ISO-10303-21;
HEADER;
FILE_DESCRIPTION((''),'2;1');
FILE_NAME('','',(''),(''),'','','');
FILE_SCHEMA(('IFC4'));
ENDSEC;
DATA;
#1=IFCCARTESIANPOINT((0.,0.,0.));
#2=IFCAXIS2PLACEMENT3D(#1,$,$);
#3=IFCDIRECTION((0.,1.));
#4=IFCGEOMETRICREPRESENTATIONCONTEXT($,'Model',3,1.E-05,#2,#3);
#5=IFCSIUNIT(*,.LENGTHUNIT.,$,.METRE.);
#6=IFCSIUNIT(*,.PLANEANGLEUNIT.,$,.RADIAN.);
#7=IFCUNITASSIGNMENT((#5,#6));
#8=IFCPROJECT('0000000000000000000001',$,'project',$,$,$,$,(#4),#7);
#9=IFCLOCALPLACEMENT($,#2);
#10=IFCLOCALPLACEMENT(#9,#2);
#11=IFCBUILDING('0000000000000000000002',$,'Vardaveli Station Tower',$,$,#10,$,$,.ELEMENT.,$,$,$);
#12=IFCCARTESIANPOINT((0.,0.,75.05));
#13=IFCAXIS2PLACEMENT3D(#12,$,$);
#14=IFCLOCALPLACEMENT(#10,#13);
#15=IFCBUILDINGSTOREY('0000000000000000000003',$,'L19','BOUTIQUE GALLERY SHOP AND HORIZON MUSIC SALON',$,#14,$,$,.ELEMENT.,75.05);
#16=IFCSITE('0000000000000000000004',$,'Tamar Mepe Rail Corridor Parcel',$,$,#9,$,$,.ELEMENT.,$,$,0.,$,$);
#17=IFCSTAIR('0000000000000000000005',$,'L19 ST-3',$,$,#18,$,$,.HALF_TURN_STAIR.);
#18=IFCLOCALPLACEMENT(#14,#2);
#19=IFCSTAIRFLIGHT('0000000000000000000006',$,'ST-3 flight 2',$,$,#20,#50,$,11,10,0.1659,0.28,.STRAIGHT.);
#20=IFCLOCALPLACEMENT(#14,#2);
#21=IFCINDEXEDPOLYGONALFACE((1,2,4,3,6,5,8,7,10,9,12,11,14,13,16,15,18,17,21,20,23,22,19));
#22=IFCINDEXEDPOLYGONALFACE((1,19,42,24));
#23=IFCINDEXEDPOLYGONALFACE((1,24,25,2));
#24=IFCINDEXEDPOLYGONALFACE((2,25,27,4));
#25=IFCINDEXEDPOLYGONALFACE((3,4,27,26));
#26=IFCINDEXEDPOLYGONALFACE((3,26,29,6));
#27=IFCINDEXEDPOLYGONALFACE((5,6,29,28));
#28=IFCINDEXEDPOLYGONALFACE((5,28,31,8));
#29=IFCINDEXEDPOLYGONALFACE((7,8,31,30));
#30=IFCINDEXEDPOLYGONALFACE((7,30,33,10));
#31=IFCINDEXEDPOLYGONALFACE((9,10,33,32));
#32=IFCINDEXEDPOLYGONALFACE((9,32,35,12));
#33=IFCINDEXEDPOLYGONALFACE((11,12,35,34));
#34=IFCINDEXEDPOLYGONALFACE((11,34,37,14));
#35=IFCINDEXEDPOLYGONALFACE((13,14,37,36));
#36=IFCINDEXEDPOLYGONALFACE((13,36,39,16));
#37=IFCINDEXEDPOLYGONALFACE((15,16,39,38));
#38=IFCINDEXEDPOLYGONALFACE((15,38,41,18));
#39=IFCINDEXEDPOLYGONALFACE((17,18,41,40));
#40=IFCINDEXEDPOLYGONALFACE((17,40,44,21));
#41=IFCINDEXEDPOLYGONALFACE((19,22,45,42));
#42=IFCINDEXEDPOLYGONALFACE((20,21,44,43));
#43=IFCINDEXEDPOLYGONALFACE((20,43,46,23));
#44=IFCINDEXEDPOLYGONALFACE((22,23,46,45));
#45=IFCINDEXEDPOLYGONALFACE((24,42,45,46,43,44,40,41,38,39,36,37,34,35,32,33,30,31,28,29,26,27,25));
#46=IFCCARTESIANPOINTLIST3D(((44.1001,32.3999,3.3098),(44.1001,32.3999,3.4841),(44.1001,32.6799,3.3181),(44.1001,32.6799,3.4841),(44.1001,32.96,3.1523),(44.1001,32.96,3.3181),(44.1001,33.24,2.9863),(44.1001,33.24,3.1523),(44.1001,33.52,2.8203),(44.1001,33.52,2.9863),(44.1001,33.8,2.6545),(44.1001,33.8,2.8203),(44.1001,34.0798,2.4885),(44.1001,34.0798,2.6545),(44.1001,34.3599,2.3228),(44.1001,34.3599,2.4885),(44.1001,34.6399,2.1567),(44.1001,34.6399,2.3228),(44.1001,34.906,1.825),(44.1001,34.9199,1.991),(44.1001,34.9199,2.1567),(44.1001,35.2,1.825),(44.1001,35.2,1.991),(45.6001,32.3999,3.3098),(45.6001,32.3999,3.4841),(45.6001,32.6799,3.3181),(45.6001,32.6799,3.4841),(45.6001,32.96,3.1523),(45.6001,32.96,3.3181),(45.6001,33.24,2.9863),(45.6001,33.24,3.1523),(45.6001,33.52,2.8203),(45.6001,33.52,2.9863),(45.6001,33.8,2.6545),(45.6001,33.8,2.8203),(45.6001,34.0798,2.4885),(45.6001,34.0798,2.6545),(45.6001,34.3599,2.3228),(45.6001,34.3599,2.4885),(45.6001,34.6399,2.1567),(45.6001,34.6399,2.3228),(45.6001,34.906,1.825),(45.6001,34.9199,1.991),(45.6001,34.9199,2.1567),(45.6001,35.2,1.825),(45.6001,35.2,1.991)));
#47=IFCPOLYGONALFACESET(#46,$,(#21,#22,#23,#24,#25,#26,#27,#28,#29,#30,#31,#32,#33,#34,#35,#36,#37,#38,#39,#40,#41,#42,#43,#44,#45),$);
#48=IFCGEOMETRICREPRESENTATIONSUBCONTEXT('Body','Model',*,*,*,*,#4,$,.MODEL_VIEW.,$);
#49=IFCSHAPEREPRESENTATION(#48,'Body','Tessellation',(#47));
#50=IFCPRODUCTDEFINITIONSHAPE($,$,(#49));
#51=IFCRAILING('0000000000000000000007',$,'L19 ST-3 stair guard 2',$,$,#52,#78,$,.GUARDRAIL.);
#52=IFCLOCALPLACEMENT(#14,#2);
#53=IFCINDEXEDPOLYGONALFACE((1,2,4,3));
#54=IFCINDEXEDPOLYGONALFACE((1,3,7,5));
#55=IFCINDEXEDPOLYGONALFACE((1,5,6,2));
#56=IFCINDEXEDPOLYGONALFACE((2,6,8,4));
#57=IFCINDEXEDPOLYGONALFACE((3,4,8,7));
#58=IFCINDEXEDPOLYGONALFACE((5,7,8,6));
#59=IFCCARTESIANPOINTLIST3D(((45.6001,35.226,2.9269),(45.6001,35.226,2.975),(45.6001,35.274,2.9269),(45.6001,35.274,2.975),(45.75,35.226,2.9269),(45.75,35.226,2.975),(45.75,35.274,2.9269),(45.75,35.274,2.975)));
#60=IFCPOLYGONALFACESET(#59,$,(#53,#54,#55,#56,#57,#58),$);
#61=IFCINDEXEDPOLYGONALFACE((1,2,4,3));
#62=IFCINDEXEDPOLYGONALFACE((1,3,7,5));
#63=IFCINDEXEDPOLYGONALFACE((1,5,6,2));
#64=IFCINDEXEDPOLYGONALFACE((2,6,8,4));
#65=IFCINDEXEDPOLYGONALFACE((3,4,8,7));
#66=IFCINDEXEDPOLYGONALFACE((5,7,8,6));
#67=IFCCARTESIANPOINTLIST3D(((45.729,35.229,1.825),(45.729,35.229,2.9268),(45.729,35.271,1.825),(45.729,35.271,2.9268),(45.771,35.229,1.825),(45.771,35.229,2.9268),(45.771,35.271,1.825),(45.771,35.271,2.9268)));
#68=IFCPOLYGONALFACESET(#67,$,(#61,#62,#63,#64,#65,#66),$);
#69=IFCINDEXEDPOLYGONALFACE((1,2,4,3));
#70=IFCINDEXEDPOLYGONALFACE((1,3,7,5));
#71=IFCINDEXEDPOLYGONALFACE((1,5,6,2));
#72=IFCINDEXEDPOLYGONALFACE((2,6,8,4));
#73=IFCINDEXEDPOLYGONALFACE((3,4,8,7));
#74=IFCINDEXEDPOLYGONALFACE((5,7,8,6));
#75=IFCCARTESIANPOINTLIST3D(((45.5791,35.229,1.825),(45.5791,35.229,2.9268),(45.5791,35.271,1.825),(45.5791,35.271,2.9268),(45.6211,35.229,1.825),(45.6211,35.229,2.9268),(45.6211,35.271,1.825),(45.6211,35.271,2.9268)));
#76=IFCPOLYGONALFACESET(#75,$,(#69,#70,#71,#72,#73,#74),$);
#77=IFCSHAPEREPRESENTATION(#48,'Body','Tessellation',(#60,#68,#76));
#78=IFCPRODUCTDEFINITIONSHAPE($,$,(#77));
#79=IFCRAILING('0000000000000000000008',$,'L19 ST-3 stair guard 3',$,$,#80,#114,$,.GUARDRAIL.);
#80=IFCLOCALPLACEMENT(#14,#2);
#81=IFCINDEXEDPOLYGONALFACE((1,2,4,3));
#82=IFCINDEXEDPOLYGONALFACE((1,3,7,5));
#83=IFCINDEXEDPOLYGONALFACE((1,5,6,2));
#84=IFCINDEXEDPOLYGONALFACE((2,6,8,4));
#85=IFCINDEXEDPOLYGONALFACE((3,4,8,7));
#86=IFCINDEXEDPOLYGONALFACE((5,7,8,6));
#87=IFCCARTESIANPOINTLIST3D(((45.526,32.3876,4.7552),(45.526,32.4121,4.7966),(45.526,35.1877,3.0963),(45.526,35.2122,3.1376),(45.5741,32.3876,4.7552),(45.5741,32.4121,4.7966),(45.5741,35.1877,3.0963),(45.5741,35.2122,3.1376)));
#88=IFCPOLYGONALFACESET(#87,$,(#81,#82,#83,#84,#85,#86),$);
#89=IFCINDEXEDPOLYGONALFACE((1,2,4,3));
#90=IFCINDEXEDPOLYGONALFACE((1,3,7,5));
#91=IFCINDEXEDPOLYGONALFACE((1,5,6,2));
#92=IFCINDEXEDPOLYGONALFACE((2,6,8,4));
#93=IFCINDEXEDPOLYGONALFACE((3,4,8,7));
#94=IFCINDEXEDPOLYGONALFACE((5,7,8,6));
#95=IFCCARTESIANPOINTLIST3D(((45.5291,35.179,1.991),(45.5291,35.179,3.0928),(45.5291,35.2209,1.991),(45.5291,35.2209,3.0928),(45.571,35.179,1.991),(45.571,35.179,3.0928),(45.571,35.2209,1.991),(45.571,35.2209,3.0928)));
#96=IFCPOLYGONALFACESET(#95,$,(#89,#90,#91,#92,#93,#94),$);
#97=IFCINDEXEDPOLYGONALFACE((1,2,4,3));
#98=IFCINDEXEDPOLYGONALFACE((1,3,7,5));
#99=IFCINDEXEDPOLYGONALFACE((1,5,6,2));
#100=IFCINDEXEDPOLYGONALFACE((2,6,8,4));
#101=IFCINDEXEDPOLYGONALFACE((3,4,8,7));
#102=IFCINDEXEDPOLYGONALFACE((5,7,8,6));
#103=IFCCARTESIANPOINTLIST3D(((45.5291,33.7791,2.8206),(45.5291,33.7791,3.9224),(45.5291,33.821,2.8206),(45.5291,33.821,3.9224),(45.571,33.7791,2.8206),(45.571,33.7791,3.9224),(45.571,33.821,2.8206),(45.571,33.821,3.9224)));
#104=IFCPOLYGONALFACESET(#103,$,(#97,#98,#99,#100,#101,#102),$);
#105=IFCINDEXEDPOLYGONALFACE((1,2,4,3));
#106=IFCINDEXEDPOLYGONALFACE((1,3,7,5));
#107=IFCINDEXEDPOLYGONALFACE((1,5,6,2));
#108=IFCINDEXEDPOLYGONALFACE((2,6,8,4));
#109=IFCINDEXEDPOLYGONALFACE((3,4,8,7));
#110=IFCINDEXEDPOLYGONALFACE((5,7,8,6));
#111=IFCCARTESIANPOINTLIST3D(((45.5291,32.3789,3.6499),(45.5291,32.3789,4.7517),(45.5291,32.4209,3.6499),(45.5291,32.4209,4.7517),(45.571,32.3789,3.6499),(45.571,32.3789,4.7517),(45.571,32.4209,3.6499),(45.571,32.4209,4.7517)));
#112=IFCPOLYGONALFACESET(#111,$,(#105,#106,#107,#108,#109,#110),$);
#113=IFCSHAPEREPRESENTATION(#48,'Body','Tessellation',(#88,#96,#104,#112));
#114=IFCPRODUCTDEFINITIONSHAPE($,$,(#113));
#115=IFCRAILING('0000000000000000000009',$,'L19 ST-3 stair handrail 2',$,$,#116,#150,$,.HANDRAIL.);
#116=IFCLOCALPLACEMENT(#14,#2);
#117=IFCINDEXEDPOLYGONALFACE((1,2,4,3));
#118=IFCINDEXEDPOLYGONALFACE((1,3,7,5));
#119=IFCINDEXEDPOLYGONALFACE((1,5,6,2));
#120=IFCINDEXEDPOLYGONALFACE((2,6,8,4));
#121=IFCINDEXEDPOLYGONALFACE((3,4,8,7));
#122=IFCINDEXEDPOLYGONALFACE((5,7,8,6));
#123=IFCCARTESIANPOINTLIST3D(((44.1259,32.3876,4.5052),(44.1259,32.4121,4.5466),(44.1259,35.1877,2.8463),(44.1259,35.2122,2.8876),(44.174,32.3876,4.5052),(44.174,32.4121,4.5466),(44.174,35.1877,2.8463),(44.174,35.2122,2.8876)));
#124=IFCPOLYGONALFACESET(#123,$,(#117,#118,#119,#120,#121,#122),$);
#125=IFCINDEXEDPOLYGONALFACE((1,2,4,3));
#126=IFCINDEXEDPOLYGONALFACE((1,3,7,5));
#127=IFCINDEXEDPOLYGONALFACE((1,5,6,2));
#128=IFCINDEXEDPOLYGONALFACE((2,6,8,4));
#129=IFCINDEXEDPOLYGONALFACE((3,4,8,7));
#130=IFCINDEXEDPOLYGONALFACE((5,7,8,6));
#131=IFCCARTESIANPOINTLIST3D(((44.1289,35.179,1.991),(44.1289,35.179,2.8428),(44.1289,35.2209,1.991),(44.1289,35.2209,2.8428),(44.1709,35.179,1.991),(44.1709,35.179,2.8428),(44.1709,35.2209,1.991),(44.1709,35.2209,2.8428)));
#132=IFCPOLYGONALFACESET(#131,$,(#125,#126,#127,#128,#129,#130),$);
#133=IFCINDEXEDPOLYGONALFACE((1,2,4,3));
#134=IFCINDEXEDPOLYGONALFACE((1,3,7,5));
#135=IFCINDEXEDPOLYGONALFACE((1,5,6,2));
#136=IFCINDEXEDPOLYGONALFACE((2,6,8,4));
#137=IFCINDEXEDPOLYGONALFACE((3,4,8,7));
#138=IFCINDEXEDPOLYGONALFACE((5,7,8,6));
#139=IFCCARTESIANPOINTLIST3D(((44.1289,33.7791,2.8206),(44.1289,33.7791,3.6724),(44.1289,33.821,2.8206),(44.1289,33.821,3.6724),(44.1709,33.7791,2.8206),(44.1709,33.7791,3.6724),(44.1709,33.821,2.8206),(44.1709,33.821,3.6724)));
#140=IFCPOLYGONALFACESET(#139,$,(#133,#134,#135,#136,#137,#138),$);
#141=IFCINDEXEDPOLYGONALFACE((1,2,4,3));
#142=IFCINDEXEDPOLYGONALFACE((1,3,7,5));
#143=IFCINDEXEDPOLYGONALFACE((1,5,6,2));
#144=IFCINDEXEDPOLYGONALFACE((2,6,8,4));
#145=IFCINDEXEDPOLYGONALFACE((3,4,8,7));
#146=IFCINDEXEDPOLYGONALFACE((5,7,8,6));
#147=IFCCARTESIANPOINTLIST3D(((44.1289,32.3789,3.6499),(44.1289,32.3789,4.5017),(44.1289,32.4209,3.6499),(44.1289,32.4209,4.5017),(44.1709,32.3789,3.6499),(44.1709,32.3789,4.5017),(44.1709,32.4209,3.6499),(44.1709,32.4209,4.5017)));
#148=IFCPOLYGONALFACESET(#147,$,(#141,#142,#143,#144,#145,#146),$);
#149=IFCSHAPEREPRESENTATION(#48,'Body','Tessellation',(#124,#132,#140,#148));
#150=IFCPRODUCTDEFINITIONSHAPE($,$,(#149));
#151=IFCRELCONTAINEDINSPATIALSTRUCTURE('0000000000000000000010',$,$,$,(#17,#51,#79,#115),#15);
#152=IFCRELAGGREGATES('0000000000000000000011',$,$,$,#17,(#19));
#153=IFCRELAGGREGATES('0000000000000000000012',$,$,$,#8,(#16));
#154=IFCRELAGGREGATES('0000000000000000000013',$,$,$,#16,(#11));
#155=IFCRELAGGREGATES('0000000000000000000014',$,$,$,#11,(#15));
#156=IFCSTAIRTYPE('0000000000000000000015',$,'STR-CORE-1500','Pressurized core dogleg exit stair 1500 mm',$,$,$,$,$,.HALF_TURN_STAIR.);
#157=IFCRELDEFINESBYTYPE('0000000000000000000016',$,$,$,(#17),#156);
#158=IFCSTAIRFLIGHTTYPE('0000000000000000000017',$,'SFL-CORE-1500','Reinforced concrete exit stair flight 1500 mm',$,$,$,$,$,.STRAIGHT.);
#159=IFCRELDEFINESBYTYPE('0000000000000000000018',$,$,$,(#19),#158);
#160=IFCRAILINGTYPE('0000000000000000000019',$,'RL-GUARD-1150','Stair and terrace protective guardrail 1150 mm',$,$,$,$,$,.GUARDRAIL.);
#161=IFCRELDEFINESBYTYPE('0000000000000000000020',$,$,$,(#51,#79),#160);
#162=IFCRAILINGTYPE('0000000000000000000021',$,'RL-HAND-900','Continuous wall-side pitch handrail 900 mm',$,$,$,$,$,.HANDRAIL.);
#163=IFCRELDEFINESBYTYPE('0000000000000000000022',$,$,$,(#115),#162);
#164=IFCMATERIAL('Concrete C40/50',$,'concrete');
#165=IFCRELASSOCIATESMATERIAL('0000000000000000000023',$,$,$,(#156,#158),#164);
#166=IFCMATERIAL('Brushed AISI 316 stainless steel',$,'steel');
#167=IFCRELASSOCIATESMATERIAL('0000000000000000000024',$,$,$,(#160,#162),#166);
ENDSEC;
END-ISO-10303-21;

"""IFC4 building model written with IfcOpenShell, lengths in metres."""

from ifc_helpers import new_model, si_unit, direction, frame, origin, origin_2d, place, context, subcontext, project, spatial, polyline, rectangle, outline, extrude, source, transform, mapped, material, type_object, element, aggregate, save


model = new_model("IFC4")

# Units and contexts
model_context = context("Model", 3, precision=1e-05, world=origin(), true_north=direction((0.0, 1.0)))
body_context = subcontext(model_context, "Body", "Model", "MODEL_VIEW")
ifc_project = project(units=[si_unit("LENGTHUNIT", "METRE"), si_unit("PLANEANGLEUNIT", "RADIAN")], contexts=[model_context])

# Site, building, storey
site_placement = place(None, origin())
site = spatial("IfcSite", under=ifc_project, at=site_placement, Name="Tamar Mepe Rail Corridor Parcel", CompositionType="ELEMENT", RefElevation=0.0)
building_placement = place(site_placement, origin())
building = spatial("IfcBuilding", under=site, at=building_placement, Name="Vardaveli Station Tower", CompositionType="ELEMENT")
storey_placement = place(building_placement, frame((0.0, 0.0, 75.05)))
storey = spatial("IfcBuildingStorey", under=building, at=storey_placement, Name="L19", Description="BOUTIQUE GALLERY SHOP AND HORIZON MUSIC SALON", CompositionType="ELEMENT", Elevation=75.05)

# Shared definitions
ifc_material_1 = material(Name="Concrete C40/50", Category="concrete")

# Stair, stair flight
stair_type = type_object("IfcStairType", Name="STR-CORE-1500", Description="Pressurized core dogleg exit stair 1500 mm", PredefinedType="HALF_TURN_STAIR", material=ifc_material_1)
stair_placement = place(storey_placement, origin())
stair = element("IfcStair", 1, at=stair_placement, inside=storey, type_object=stair_type, Name="L19 ST-3", PredefinedType="HALF_TURN_STAIR")
stair_flight_type = type_object("IfcStairFlightType", Name="SFL-CORE-1500", Description="Reinforced concrete exit stair flight 1500 mm", PredefinedType="STRAIGHT", material=ifc_material_1)
shared_shape_1 = source(origin(), body_context, "Body", "SweptSolid", [
    extrude(outline(polyline([(0.0, 0.0), (0.0, 0.166), (0.28, 0.166), (0.28, 0.3318), (0.5601, 0.3318), (0.5601, 0.4978), (0.8401, 0.4978), (0.8401, 0.6636), (1.1201, 0.6636), (1.1201, 0.8296), (1.3999, 0.8296), (1.3999, 0.9954), (1.6799, 0.9954), (1.6799, 1.1614), (1.96, 1.1614), (1.96, 1.3274), (2.24, 1.3274), (2.24, 1.4932), (2.52, 1.4932), (2.52, 1.6592), (2.8, 1.6592), (2.8, 1.825), (2.8, 1.4849), (0.2939, 0.0), (0.0, 0.0)])), frame((0.0, 0.75, 0.0), z_axis=(0.0, -1.0, 0.0), x_axis=(1.0, 0.0, 0.0)), (0.0, 0.0, 1.0), 1.5),
])
stair_flight_placement = place(storey_placement, frame((44.8501, 35.2, 1.825), z_axis=(0.0, 0.0, 1.0), x_axis=(0.0, -1.0, 0.0)))
stair_flight = element("IfcStairFlight", 2, at=stair_flight_placement, type_object=stair_flight_type, Name="ST-3 flight 2", NumberOfRisers=11, NumberOfTreads=10, PredefinedType="STRAIGHT", RiserHeight=0.1659, TreadLength=0.28, context=body_context, shape_type="MappedRepresentation", body=[
    mapped(shared_shape_1, transform((0.0, 0.0, 0.0), scale=1.0)),
])
aggregate(stair, [stair_flight])

# Railings
ifc_material_2 = material(Name="Brushed AISI 316 stainless steel", Category="steel")
railing_type_1 = type_object("IfcRailingType", Name="RL-GUARD-1150", Description="Stair and terrace protective guardrail 1150 mm", PredefinedType="GUARDRAIL", material=ifc_material_2)
shared_shape_2 = source(origin(), body_context, "Body", "SweptSolid", [
    extrude(rectangle(XDim=0.0481, YDim=0.0481, at=origin_2d()), frame((0.0, 0.0, 1.126), z_axis=(-1.0, 0.0, 0.0), x_axis=(0.0, -1.0, 0.0)), (0.0, 0.0, 1.0), 0.1499),
    extrude(rectangle(XDim=0.042, YDim=0.042, at=origin_2d()), origin(), (0.0, 0.0, 1.0), 1.1018),
    extrude(rectangle(XDim=0.042, YDim=0.042, at=origin_2d()), frame((-0.1499, 0.0, 0.0)), (0.0, 0.0, 1.0), 1.1018),
])
railing_1_placement = place(storey_placement, frame((45.75, 35.25, 1.825)))
element("IfcRailing", 3, at=railing_1_placement, inside=storey, type_object=railing_type_1, Name="L19 ST-3 stair guard 2", PredefinedType="GUARDRAIL", context=body_context, shape_type="MappedRepresentation", body=[
    mapped(shared_shape_2, transform((0.0, 0.0, 0.0), scale=1.0)),
])
shared_shape_3 = source(origin(), body_context, "Body", "SweptSolid", [
    extrude(rectangle(XDim=0.0481, YDim=0.0481, at=origin_2d()), frame((0.0, 0.0, 1.126), z_axis=(0.0, -0.860339, 0.509722), x_axis=(1.0, 0.0, 0.0)), (0.0, 0.0, 1.0), 3.2546),
    extrude(rectangle(XDim=0.042, YDim=0.042, at=origin_2d()), origin(), (0.0, 0.0, 1.0), 1.1018),
    extrude(rectangle(XDim=0.042, YDim=0.042, at=origin_2d()), frame((0.0, -1.3999, 0.8296)), (0.0, 0.0, 1.0), 1.1018),
    extrude(rectangle(XDim=0.042, YDim=0.042, at=origin_2d()), frame((0.0, -2.8, 1.6589)), (0.0, 0.0, 1.0), 1.1018),
])
railing_2_placement = place(storey_placement, frame((45.55, 35.2, 1.991)))
element("IfcRailing", 4, at=railing_2_placement, inside=storey, type_object=railing_type_1, Name="L19 ST-3 stair guard 3", PredefinedType="GUARDRAIL", context=body_context, shape_type="MappedRepresentation", body=[
    mapped(shared_shape_3, transform((0.0, 0.0, 0.0), scale=1.0)),
])
railing_type_2 = type_object("IfcRailingType", Name="RL-HAND-900", Description="Continuous wall-side pitch handrail 900 mm", PredefinedType="HANDRAIL", material=ifc_material_2)
shared_shape_4 = source(origin(), body_context, "Body", "SweptSolid", [
    extrude(rectangle(XDim=0.0481, YDim=0.0481, at=origin_2d()), frame((0.0, 0.0, 0.876), z_axis=(0.0, -0.860339, 0.509722), x_axis=(1.0, 0.0, 0.0)), (0.0, 0.0, 1.0), 3.2546),
    extrude(rectangle(XDim=0.042, YDim=0.042, at=origin_2d()), origin(), (0.0, 0.0, 1.0), 0.8518),
    extrude(rectangle(XDim=0.042, YDim=0.042, at=origin_2d()), frame((0.0, -1.3999, 0.8296)), (0.0, 0.0, 1.0), 0.8518),
    extrude(rectangle(XDim=0.042, YDim=0.042, at=origin_2d()), frame((0.0, -2.8, 1.6589)), (0.0, 0.0, 1.0), 0.8518),
])
railing_3_placement = place(storey_placement, frame((44.1499, 35.2, 1.991)))
element("IfcRailing", 5, at=railing_3_placement, inside=storey, type_object=railing_type_2, Name="L19 ST-3 stair handrail 2", PredefinedType="HANDRAIL", context=body_context, shape_type="MappedRepresentation", body=[
    mapped(shared_shape_4, transform((0.0, 0.0, 0.0), scale=1.0)),
])

save(model, "model.ifc")
